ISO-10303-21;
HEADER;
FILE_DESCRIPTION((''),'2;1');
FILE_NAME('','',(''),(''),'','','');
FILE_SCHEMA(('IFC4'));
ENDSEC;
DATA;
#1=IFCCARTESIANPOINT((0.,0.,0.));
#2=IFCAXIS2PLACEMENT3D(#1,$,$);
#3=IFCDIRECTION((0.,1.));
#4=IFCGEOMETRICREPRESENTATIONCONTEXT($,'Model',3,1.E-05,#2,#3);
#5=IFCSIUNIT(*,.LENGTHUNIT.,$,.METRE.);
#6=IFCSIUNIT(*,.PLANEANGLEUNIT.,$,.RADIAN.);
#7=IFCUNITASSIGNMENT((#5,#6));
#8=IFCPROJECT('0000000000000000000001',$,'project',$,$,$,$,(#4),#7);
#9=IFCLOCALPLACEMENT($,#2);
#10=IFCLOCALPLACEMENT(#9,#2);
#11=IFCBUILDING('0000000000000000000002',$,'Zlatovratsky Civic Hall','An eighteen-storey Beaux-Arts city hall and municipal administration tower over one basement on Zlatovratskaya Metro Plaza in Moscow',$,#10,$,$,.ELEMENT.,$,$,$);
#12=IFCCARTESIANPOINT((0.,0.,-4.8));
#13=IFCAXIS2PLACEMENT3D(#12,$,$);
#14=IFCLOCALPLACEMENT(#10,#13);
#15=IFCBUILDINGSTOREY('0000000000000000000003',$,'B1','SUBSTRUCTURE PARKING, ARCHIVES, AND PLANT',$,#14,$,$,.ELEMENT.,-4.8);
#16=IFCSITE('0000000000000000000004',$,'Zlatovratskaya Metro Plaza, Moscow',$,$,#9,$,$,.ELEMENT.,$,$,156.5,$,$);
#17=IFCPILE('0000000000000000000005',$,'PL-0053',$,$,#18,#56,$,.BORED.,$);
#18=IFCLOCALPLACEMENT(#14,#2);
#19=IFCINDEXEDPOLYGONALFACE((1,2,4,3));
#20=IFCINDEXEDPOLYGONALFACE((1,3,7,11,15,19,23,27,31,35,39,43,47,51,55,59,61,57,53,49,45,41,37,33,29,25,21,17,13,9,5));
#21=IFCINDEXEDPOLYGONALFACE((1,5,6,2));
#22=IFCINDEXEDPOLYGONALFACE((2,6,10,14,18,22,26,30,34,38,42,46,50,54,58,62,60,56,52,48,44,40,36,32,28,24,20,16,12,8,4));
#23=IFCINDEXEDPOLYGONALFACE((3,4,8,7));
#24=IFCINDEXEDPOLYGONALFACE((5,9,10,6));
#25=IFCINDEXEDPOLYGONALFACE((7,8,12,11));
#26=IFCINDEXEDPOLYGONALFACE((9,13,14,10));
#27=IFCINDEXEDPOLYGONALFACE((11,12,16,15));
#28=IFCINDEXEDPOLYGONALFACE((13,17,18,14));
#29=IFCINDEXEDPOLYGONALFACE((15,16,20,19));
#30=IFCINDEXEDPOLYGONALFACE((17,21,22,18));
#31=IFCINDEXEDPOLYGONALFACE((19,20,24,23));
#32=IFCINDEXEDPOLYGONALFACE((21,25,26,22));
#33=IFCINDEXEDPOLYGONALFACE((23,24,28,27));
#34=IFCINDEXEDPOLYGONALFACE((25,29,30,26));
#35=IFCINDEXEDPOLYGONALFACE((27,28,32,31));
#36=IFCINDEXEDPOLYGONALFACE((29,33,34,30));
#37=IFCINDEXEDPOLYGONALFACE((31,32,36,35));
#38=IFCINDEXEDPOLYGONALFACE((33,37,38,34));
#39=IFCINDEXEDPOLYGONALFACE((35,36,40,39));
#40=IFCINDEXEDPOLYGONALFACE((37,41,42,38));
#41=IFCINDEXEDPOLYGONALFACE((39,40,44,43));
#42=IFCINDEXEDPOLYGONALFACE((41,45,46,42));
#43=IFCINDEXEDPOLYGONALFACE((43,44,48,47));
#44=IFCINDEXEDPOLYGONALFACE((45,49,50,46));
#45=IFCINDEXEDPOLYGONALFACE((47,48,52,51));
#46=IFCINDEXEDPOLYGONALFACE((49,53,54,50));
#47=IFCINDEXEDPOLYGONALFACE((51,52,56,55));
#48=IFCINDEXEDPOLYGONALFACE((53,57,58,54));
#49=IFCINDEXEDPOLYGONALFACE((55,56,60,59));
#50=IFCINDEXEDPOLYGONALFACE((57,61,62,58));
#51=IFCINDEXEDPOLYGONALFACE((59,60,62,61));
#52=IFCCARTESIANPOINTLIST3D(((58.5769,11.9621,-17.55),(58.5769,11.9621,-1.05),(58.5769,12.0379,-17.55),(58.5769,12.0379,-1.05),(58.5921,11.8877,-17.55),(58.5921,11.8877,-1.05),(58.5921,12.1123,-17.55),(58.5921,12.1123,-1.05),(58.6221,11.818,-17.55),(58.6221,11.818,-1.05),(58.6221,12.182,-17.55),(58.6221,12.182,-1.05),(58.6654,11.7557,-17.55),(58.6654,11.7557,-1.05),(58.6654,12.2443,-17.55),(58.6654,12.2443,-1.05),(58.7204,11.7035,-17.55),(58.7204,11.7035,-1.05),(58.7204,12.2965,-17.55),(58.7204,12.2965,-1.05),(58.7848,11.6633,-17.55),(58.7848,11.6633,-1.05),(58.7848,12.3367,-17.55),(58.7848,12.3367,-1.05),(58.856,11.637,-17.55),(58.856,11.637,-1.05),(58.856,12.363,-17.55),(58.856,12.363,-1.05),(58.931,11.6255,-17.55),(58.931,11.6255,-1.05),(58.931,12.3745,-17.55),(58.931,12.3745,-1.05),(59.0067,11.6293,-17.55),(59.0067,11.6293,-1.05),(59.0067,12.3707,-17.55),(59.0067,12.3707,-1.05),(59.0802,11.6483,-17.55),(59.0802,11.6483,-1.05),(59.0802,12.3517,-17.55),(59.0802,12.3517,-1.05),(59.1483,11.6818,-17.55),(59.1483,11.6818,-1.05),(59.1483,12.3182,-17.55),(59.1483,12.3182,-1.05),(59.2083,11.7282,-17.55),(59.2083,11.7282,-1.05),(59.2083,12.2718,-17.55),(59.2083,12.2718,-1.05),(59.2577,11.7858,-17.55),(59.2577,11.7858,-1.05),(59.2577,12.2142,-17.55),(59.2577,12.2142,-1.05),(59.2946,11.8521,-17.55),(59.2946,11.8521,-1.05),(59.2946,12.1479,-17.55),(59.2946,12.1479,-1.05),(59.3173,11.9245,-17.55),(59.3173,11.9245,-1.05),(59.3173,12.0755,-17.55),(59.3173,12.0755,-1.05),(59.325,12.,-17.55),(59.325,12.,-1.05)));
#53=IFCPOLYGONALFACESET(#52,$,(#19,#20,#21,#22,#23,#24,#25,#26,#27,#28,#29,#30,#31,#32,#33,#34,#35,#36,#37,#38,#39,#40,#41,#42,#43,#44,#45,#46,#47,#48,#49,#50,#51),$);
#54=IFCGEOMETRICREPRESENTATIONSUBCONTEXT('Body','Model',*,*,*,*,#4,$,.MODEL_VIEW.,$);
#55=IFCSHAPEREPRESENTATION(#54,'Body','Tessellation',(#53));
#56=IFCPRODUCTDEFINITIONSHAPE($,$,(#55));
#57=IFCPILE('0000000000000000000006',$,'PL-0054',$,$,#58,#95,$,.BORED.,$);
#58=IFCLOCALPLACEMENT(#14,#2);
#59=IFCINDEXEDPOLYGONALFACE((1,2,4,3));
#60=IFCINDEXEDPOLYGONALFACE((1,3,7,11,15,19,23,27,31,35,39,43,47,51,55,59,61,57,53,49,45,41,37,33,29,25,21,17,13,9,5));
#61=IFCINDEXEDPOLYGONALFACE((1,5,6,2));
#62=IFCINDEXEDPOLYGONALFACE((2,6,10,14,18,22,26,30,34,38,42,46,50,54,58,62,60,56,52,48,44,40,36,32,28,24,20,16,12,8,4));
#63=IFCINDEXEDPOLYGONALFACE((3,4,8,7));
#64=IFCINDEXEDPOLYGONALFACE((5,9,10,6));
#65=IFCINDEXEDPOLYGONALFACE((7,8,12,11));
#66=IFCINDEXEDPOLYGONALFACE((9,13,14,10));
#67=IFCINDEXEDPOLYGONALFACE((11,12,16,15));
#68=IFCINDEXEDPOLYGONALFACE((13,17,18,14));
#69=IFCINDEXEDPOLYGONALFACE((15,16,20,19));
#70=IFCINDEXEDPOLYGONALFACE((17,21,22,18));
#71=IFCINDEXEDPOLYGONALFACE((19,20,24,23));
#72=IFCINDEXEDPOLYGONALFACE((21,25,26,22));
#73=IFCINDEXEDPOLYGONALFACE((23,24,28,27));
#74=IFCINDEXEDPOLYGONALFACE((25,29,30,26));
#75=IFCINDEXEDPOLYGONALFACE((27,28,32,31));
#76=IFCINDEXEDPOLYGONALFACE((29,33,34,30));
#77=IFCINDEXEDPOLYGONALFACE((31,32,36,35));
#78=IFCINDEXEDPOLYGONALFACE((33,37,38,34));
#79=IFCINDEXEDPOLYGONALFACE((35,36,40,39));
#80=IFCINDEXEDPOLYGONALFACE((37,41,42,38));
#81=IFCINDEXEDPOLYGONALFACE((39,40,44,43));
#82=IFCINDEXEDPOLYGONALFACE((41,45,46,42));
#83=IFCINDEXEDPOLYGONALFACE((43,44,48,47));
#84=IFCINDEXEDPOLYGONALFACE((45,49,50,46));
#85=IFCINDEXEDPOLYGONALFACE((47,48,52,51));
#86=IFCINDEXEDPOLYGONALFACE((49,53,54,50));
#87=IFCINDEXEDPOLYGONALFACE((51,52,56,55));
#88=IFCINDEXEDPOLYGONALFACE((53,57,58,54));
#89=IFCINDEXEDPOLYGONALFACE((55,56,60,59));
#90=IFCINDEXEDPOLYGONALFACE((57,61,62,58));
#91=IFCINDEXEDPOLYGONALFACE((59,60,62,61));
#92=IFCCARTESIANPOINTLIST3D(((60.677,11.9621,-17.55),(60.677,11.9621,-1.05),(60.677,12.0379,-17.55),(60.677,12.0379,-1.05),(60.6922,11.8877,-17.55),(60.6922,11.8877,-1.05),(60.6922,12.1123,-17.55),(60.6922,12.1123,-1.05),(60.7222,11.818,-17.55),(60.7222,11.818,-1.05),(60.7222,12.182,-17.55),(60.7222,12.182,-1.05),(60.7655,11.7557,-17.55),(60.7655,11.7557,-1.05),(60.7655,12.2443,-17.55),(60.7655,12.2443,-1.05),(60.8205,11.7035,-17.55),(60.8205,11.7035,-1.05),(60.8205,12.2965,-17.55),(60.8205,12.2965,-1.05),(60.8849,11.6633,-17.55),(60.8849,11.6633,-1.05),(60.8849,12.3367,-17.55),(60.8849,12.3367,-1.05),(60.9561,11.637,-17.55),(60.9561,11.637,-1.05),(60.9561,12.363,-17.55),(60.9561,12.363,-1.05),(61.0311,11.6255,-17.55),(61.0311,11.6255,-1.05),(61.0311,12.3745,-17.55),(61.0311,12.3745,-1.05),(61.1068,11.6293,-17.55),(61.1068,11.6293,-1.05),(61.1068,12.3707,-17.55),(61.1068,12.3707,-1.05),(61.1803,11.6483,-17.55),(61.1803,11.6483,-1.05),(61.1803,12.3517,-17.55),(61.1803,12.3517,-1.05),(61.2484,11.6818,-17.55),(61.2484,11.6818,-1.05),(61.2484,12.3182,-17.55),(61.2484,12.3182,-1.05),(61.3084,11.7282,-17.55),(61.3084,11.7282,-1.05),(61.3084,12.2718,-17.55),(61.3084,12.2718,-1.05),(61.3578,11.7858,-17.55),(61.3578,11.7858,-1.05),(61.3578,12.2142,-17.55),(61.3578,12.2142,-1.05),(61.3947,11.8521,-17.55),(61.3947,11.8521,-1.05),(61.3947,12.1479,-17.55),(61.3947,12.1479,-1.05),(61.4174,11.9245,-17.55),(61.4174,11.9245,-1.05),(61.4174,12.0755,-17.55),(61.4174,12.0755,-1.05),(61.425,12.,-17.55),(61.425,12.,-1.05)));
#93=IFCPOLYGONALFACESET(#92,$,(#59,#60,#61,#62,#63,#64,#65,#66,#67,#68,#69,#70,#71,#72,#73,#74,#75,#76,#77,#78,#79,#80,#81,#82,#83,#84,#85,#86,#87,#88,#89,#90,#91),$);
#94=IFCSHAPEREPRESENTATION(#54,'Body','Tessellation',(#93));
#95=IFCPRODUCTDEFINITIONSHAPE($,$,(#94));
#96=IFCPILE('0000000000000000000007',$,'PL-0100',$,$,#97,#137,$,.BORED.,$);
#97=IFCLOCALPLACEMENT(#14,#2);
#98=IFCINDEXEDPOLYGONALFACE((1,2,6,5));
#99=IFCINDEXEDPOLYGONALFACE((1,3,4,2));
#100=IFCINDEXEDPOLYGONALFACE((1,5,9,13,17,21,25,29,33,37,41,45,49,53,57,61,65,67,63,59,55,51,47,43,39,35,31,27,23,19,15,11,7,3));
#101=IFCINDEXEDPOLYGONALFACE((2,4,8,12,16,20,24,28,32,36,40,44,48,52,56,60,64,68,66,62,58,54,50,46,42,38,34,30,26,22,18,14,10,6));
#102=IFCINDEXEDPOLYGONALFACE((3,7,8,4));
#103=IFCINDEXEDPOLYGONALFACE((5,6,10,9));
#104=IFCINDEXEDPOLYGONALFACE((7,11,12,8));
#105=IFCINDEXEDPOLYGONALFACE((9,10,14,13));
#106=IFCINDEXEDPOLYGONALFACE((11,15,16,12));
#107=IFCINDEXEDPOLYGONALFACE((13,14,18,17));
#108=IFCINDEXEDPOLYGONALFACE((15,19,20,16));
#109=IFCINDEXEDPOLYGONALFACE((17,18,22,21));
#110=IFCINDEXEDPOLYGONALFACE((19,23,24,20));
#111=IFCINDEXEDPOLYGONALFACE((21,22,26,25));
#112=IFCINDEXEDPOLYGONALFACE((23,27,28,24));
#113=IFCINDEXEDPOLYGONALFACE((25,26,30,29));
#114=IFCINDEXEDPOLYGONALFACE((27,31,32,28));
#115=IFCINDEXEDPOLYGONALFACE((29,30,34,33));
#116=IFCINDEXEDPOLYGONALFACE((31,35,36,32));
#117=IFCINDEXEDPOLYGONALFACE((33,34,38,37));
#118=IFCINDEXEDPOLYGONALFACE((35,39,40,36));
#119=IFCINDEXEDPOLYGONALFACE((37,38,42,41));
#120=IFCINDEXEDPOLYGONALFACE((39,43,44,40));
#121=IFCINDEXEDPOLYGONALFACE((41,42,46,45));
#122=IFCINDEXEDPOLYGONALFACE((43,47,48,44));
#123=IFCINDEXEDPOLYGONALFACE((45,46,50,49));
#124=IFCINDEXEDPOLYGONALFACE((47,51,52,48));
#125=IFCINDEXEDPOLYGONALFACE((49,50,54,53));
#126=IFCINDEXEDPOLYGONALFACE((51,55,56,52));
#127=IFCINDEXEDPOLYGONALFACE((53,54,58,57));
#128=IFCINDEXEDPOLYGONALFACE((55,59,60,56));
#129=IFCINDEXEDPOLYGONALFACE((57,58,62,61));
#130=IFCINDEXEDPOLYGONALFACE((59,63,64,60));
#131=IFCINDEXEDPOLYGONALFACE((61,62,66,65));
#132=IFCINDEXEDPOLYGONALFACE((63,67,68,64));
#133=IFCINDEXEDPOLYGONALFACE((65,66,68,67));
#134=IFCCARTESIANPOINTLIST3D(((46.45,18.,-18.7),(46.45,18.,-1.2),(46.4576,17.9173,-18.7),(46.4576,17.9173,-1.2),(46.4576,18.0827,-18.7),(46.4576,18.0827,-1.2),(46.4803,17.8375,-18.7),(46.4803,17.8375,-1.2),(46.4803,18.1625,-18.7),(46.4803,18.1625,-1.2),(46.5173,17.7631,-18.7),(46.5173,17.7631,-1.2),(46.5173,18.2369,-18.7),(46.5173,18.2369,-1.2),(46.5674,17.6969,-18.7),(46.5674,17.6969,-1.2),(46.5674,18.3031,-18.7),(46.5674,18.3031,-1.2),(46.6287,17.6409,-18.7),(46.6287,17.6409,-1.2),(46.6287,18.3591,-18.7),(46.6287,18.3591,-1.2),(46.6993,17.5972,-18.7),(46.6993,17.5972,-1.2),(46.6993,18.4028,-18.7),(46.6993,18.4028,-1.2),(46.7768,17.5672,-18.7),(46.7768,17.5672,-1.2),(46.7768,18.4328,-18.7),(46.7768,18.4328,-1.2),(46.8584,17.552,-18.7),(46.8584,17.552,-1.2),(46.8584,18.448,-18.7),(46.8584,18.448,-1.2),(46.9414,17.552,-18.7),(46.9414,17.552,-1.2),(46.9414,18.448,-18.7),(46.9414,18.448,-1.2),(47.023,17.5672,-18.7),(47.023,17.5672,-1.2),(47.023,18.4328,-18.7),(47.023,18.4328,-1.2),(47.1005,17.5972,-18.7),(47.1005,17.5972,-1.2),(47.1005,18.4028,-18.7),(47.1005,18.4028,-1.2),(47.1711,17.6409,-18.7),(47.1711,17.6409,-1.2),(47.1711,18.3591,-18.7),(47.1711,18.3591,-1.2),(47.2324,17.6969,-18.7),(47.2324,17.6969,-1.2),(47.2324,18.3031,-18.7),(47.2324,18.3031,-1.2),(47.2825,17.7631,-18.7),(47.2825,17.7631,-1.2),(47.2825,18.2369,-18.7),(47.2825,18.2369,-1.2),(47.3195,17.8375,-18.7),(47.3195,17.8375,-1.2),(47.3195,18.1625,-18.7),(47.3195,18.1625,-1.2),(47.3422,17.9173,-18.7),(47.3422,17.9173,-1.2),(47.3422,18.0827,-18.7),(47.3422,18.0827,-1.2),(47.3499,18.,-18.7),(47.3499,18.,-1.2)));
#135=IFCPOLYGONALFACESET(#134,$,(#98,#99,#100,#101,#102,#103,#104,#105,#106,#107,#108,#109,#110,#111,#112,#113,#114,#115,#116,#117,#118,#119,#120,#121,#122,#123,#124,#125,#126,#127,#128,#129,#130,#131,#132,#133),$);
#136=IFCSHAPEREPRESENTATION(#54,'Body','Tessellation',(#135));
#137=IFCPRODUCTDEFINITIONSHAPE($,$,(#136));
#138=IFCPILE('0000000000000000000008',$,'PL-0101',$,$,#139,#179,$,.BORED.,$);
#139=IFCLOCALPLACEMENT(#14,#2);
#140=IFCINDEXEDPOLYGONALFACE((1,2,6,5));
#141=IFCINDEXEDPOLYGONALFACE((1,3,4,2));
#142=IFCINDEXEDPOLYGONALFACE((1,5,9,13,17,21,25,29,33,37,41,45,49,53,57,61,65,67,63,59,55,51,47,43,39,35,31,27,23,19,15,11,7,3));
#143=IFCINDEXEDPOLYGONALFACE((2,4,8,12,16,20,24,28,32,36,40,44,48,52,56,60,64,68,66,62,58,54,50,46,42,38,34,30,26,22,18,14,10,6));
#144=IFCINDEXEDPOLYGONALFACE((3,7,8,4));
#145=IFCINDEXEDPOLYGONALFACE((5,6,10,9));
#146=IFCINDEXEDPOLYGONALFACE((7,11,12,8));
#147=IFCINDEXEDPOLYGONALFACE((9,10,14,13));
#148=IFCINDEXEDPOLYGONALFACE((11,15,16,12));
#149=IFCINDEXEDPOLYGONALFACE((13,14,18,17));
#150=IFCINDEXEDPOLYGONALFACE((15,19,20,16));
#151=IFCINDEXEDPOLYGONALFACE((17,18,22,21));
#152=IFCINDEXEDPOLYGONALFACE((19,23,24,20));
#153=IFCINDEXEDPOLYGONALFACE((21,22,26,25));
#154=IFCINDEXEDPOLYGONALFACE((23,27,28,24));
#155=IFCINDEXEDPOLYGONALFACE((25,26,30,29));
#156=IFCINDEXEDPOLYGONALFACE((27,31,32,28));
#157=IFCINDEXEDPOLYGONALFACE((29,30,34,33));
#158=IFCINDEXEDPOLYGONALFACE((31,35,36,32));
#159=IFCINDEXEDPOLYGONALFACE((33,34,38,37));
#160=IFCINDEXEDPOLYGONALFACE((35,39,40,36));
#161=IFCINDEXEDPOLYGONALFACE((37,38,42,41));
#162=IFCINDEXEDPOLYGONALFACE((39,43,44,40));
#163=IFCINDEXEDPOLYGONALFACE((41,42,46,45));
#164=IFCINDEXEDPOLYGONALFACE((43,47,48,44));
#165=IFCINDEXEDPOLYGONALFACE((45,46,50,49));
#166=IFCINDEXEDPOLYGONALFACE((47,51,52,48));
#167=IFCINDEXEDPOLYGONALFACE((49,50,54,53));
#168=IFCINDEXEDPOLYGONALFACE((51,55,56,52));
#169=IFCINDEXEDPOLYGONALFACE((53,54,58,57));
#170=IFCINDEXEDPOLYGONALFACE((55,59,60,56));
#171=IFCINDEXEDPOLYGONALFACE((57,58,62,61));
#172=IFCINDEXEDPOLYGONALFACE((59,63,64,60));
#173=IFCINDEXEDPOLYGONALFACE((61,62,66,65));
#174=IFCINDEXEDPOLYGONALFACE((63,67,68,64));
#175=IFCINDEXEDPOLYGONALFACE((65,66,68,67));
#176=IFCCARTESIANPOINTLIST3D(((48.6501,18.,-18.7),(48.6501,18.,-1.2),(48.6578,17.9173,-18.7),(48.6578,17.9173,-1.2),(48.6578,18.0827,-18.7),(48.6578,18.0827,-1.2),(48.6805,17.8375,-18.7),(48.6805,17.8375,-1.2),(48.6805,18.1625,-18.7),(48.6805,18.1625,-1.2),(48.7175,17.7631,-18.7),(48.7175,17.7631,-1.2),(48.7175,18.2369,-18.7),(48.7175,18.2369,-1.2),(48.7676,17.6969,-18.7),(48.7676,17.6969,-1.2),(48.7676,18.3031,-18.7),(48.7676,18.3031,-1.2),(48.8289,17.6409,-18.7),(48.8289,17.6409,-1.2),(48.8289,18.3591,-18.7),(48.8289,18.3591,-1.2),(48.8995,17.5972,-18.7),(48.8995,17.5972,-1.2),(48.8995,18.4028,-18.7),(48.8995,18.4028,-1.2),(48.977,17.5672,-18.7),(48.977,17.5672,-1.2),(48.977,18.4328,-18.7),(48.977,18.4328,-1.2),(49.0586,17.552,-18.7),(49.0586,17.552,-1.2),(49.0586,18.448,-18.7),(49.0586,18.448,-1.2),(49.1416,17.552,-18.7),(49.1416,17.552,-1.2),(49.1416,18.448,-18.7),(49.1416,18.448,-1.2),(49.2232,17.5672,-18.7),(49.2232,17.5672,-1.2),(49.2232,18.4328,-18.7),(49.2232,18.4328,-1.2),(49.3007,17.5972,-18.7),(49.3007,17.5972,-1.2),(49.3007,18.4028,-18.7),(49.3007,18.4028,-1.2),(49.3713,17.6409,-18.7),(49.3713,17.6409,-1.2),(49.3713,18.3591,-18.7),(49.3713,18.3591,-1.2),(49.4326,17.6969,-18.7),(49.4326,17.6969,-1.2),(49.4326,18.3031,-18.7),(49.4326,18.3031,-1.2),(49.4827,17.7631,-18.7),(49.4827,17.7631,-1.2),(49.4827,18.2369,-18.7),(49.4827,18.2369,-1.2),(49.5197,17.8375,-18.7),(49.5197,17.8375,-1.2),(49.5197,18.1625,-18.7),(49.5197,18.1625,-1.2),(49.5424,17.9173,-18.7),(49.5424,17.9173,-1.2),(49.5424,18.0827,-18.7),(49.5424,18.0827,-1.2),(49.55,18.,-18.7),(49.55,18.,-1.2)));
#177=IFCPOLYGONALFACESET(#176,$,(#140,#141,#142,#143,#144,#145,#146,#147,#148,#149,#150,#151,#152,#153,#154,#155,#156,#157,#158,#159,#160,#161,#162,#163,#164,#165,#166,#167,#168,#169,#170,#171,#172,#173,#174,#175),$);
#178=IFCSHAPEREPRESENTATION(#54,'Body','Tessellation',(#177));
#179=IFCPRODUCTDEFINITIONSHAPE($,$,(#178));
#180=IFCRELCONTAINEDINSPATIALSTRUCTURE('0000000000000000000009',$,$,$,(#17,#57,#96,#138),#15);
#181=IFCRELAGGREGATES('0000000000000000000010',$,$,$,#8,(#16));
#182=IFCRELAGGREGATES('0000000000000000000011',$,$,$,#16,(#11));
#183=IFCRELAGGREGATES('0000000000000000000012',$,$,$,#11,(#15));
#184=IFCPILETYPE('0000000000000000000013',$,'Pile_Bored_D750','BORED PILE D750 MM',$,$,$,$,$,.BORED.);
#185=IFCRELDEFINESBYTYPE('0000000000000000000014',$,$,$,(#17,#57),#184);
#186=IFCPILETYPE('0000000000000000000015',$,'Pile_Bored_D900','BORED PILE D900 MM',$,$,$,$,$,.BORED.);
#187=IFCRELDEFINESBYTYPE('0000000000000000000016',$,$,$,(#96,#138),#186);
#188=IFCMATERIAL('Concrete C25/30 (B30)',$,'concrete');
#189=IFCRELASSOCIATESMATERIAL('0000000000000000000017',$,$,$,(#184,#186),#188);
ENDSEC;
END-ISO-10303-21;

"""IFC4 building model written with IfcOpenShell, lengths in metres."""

from ifc_helpers import new_model, si_unit, direction, frame, origin, origin_2d, place, context, subcontext, project, spatial, circle, extrude, material, material_profile, profile_set, type_object, element, save


model = new_model("IFC4")

# Units and contexts
model_context = context("Model", 3, precision=1e-05, world=origin(), true_north=direction((0.0, 1.0)))
body_context = subcontext(model_context, "Body", "Model", "MODEL_VIEW")
ifc_project = project(units=[si_unit("LENGTHUNIT", "METRE"), si_unit("PLANEANGLEUNIT", "RADIAN")], contexts=[model_context])

# Site, building, storey
site_placement = place(None, origin())
site = spatial("IfcSite", under=ifc_project, at=site_placement, Name="Zlatovratskaya Metro Plaza, Moscow", CompositionType="ELEMENT", RefElevation=156.5)
building_placement = place(site_placement, origin())
building = spatial("IfcBuilding", under=site, at=building_placement, Name="Zlatovratsky Civic Hall", Description="An eighteen-storey Beaux-Arts city hall and municipal administration tower over one basement on Zlatovratskaya Metro Plaza in Moscow", CompositionType="ELEMENT")
storey_placement = place(building_placement, frame((0.0, 0.0, -4.8)))
storey = spatial("IfcBuildingStorey", under=building, at=storey_placement, Name="B1", Description="SUBSTRUCTURE PARKING, ARCHIVES, AND PLANT", CompositionType="ELEMENT", Elevation=-4.8)

# Shared definitions
ifc_material_1 = material(Name="Concrete C25/30 (B30)", Category="concrete")

# Piles
ifc_material_profile_1 = material_profile(ifc_material_1, circle(Radius=0.375, at=origin_2d()), Name="PILE D750")
ifc_profile_set_1 = profile_set([ifc_material_profile_1], Name="Concrete C25/30 (B30)")
pile_type_1 = type_object("IfcPileType", Name="Pile_Bored_D750", Description="BORED PILE D750 MM", PredefinedType="BORED", material=ifc_profile_set_1)
for number, where, z_axis, x_axis, name in (
    (1, (58.95, 12.0, -1.05), (0.0, 0.0, -1.0), (1.0, 0.0, 0.0), "PL-0053"),
    (2, (61.05, 12.0, -1.05), (0.0, 0.0, -1.0), (1.0, 0.0, 0.0), "PL-0054"),
):
    element("IfcPile", number, at=place(storey_placement, frame(where, z_axis=z_axis, x_axis=x_axis)), inside=storey, type_object=pile_type_1, Name=name, PredefinedType="BORED", context=body_context, shape_type="SweptSolid", body=[
        extrude(circle(Radius=0.375, at=origin_2d()), origin(), (0.0, 0.0, 1.0), 16.5),
    ])
ifc_material_profile_2 = material_profile(ifc_material_1, circle(Radius=0.45, at=origin_2d()), Name="PILE D900")
ifc_profile_set_2 = profile_set([ifc_material_profile_2], Name="Concrete C25/30 (B30)")
pile_type_2 = type_object("IfcPileType", Name="Pile_Bored_D900", Description="BORED PILE D900 MM", PredefinedType="BORED", material=ifc_profile_set_2)
for number, where, z_axis, x_axis, name in (
    (3, (46.8999, 18.0, -1.2), (0.0, 0.0, -1.0), (1.0, 0.0, 0.0), "PL-0100"),
    (4, (49.1001, 18.0, -1.2), (0.0, 0.0, -1.0), (1.0, 0.0, 0.0), "PL-0101"),
):
    element("IfcPile", number, at=place(storey_placement, frame(where, z_axis=z_axis, x_axis=x_axis)), inside=storey, type_object=pile_type_2, Name=name, PredefinedType="BORED", context=body_context, shape_type="SweptSolid", body=[
        extrude(circle(Radius=0.45, at=origin_2d()), origin(), (0.0, 0.0, 1.0), 17.5),
    ])

save(model, "model.ifc")
